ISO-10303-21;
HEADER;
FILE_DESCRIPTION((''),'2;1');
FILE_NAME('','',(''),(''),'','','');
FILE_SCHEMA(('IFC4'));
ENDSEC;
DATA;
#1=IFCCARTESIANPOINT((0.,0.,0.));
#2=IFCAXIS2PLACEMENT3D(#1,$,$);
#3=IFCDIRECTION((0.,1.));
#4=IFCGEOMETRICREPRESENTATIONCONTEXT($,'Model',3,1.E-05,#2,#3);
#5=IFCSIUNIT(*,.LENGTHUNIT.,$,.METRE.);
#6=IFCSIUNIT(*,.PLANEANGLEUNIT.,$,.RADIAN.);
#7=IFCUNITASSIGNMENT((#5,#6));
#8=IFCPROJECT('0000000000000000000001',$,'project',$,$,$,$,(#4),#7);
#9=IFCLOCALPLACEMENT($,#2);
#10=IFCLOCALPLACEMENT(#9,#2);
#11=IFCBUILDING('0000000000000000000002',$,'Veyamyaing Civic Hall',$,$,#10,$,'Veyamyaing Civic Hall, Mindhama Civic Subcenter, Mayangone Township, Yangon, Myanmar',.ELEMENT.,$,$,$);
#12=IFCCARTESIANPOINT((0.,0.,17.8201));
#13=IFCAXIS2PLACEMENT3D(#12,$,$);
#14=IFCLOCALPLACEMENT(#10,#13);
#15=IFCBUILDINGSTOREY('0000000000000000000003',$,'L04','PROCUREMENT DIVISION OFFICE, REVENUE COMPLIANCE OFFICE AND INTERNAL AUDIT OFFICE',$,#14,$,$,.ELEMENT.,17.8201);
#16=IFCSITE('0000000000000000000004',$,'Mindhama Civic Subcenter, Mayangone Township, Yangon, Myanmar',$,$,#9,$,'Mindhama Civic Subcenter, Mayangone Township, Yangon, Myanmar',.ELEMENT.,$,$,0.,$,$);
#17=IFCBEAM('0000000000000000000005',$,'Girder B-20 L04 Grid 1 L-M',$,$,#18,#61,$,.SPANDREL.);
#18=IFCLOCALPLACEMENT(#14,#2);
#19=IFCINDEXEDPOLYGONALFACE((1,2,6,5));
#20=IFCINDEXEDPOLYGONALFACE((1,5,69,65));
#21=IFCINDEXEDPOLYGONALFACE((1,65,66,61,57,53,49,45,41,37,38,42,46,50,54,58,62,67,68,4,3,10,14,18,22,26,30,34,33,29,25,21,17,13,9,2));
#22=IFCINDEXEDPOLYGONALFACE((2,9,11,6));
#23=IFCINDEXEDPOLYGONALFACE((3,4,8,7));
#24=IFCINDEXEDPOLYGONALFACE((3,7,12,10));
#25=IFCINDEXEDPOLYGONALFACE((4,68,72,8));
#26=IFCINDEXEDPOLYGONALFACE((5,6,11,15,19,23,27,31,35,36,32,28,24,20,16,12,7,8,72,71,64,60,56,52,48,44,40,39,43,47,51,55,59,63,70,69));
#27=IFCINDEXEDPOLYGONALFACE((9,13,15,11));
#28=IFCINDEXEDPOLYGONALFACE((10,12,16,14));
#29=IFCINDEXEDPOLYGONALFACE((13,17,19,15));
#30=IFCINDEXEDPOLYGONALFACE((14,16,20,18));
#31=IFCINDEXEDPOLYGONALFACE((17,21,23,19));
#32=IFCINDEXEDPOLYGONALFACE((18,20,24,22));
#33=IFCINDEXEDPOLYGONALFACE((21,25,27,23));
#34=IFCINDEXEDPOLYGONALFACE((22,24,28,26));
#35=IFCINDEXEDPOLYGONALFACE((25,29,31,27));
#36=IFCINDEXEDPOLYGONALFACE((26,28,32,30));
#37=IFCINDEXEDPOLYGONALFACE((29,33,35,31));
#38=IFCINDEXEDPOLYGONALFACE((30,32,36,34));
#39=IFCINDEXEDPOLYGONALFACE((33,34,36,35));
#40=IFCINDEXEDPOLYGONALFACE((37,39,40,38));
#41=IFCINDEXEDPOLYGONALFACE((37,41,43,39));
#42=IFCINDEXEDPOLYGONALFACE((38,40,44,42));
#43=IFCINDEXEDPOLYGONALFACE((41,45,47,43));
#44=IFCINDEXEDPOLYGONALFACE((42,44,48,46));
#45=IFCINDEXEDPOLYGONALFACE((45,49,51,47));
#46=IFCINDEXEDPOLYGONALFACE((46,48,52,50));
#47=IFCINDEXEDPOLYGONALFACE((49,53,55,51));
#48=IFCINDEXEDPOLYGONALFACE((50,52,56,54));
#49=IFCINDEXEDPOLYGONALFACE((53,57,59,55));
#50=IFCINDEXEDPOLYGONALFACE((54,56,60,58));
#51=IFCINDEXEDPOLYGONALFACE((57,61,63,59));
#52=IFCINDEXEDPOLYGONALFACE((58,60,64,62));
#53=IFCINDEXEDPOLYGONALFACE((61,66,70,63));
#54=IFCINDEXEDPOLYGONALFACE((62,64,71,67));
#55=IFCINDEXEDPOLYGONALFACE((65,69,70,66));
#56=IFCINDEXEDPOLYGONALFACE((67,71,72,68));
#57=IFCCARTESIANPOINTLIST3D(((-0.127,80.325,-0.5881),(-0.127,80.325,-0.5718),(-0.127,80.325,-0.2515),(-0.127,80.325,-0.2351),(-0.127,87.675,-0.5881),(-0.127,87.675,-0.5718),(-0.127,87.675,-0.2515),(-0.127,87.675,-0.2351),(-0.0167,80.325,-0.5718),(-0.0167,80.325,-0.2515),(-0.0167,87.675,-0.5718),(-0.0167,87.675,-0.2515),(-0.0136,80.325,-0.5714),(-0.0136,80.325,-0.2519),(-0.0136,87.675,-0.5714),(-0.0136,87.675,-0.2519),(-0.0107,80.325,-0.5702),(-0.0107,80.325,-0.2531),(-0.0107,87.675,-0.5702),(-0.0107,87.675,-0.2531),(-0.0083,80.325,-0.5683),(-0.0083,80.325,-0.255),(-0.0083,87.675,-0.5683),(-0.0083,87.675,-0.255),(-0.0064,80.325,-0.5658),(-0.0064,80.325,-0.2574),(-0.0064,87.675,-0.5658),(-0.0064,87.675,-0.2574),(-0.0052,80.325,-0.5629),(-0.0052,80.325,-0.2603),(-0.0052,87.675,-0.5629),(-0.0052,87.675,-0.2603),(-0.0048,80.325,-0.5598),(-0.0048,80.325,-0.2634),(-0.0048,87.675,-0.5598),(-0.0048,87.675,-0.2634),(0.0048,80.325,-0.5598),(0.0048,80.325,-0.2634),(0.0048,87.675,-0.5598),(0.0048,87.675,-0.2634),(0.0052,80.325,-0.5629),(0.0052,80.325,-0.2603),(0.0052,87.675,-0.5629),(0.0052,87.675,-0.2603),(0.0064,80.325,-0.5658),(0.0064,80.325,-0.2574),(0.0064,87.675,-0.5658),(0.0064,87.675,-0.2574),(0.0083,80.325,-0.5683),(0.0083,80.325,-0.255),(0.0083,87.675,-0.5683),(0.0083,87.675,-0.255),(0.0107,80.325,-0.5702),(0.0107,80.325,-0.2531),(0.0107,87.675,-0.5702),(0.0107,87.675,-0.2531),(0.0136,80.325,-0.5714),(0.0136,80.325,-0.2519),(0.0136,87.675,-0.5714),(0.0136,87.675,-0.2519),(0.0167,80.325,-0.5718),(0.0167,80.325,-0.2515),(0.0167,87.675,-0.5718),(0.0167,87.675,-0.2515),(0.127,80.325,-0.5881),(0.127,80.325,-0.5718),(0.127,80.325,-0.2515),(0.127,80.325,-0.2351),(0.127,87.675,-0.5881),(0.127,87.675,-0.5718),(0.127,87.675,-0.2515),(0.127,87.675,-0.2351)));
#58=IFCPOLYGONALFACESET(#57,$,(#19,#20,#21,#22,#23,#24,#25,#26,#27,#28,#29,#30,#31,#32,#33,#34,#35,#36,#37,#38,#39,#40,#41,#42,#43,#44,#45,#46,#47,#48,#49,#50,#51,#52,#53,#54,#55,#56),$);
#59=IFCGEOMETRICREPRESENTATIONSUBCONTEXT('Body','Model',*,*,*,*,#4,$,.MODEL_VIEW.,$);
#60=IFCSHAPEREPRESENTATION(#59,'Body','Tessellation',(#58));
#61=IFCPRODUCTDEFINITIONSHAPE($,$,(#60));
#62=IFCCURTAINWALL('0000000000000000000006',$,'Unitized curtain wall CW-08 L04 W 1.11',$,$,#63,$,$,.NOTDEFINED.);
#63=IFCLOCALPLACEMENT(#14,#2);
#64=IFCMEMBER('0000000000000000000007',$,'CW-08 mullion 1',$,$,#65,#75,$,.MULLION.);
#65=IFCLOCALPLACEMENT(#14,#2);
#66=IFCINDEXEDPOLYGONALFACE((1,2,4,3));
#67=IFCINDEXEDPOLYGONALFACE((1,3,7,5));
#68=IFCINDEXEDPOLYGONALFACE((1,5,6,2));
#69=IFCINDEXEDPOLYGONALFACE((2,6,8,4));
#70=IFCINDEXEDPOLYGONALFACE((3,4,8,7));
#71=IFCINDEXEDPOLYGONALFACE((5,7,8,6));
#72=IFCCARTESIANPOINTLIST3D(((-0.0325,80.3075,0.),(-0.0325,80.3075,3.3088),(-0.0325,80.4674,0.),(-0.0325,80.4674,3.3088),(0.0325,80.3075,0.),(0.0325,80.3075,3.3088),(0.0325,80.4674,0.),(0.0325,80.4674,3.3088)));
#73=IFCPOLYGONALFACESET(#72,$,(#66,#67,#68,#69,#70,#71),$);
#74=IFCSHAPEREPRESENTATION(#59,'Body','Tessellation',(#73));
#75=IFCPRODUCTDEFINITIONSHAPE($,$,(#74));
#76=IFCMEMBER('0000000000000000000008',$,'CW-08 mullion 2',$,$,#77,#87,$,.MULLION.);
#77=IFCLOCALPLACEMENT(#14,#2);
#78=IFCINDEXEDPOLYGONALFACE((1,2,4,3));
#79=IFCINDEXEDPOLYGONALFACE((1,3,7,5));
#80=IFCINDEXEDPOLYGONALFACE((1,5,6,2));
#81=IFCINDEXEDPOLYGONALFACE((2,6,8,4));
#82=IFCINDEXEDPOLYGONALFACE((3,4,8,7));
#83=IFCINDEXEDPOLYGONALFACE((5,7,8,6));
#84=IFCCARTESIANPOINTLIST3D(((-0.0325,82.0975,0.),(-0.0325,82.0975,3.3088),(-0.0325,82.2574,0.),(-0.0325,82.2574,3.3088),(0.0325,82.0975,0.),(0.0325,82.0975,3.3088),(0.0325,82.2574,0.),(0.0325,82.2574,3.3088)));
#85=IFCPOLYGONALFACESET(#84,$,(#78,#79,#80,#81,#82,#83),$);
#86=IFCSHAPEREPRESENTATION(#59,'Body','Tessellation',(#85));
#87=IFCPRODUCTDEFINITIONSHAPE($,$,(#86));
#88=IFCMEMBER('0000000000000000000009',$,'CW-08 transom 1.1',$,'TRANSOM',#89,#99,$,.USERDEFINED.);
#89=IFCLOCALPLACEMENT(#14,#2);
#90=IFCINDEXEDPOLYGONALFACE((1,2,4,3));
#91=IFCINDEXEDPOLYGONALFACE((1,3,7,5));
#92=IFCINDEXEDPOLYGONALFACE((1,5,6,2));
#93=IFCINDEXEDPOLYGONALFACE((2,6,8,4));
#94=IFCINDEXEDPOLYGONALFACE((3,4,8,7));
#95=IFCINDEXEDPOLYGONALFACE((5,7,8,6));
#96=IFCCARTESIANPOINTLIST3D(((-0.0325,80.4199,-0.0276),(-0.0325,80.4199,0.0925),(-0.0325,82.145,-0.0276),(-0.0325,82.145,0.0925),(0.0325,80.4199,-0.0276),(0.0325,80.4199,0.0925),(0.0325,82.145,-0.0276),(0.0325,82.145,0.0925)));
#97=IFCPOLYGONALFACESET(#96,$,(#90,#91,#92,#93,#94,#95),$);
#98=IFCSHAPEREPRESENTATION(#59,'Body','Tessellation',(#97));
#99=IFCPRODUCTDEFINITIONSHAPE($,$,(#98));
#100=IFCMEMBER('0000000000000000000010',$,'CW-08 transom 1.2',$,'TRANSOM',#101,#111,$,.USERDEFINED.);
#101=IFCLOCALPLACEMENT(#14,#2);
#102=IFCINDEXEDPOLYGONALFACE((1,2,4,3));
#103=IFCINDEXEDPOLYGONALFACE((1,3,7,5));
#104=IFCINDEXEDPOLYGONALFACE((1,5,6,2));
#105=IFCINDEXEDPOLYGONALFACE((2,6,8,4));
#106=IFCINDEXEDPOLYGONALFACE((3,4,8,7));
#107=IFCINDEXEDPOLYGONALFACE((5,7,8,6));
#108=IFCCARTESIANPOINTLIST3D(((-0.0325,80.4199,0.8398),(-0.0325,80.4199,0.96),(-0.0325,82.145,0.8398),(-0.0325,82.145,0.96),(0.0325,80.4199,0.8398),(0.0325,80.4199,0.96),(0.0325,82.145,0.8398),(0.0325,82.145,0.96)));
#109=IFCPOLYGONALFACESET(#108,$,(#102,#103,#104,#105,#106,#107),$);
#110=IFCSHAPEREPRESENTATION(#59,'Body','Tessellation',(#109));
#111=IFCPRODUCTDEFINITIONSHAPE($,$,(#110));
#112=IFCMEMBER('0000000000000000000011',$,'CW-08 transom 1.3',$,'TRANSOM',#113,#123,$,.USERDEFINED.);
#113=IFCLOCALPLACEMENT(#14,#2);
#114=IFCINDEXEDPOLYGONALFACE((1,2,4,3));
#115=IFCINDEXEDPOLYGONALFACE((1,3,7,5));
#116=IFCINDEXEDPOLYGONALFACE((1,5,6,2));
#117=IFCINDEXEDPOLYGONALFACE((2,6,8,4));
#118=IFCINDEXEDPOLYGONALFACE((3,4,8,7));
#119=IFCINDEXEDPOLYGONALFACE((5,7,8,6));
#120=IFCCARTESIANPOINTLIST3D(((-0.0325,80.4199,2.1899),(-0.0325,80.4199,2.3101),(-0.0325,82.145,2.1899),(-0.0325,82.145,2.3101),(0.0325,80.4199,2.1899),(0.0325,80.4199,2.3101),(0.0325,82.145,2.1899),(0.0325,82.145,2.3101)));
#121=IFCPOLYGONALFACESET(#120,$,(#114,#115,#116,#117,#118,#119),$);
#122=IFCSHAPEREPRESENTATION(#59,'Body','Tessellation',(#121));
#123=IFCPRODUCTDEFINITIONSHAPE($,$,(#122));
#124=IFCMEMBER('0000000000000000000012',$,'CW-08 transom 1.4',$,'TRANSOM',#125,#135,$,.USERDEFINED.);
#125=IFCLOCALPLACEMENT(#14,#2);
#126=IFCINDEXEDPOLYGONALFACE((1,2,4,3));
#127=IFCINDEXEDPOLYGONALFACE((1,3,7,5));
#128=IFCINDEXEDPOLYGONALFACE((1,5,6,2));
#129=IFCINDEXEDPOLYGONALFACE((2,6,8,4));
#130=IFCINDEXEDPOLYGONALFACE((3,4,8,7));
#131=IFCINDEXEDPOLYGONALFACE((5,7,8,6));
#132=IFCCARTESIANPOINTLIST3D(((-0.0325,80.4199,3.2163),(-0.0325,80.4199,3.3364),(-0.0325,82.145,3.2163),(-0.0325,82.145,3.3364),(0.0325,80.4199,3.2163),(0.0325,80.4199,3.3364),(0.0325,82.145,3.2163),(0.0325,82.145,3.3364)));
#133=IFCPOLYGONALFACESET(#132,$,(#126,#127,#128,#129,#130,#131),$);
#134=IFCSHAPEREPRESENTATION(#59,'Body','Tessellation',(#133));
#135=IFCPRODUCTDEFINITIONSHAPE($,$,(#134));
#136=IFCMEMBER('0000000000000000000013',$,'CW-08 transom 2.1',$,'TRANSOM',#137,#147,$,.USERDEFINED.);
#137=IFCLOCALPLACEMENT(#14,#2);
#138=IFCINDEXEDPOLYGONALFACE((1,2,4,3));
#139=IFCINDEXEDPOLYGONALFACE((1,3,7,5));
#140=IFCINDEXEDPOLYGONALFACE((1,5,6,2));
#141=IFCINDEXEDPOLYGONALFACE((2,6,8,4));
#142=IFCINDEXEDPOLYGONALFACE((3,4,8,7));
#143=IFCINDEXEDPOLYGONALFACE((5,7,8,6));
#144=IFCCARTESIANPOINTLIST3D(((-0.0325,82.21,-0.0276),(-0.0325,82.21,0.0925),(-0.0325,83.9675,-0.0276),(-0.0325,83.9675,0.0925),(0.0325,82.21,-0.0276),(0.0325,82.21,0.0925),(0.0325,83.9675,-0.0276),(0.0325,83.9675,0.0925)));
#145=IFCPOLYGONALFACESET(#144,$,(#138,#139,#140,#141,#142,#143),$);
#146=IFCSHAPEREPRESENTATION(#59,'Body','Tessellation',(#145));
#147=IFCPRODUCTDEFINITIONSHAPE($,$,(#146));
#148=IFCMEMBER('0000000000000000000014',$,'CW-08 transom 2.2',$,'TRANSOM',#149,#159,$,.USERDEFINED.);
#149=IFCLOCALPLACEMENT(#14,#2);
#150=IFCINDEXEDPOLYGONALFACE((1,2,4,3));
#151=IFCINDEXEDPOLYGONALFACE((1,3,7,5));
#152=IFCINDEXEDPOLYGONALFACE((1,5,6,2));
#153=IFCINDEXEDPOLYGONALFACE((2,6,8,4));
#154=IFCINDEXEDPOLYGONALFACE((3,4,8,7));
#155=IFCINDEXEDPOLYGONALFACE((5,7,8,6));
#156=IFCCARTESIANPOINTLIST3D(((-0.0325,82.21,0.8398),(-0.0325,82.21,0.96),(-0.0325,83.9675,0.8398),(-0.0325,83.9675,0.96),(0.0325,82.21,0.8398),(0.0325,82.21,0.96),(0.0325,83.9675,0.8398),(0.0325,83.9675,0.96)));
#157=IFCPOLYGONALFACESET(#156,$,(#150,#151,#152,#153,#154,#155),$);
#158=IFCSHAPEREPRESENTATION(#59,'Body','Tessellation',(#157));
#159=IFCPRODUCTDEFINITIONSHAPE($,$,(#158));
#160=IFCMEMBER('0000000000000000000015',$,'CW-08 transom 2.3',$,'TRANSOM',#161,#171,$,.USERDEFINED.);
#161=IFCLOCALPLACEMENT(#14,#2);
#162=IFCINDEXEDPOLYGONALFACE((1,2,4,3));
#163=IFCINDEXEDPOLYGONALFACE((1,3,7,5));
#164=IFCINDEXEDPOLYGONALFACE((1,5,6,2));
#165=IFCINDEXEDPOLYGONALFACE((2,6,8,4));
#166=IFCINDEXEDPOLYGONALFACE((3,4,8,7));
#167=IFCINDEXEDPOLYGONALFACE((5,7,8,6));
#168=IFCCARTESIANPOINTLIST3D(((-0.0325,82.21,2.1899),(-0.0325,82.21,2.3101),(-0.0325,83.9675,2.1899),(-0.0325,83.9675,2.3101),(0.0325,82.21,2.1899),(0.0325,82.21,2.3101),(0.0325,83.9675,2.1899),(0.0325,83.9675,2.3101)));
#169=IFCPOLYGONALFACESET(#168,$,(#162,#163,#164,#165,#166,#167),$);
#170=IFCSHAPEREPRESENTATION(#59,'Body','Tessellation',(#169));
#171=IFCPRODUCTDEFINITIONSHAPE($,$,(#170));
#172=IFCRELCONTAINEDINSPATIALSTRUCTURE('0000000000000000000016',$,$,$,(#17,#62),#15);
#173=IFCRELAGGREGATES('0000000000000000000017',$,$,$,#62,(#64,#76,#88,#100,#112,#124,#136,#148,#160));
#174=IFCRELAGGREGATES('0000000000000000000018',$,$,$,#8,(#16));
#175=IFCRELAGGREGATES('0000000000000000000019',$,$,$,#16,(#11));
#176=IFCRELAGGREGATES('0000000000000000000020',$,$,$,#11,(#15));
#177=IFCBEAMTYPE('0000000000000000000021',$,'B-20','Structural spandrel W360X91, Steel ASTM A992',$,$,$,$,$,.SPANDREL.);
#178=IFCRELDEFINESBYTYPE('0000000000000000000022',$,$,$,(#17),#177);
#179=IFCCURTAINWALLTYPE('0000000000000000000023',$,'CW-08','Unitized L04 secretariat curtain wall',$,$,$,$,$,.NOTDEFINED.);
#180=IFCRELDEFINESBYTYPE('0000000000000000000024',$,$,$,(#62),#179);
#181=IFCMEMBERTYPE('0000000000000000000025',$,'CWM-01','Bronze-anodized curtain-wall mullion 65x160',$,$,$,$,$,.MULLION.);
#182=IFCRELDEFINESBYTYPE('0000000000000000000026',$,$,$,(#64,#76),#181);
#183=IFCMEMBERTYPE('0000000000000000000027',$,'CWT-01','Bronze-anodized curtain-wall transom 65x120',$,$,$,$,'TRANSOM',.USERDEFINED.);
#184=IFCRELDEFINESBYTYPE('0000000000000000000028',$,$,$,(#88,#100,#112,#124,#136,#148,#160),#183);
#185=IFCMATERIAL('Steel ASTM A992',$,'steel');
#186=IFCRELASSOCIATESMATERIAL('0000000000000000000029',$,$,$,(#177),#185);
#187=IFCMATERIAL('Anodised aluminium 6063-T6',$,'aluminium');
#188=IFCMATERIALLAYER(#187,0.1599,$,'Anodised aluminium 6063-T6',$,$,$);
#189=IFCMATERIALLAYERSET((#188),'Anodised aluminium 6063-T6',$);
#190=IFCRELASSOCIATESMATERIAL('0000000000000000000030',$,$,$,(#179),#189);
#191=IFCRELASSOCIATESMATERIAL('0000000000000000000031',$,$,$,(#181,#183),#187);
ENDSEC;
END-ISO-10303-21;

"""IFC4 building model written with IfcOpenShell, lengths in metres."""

from ifc_helpers import new_model, si_unit, direction, frame, origin, origin_2d, place, context, subcontext, project, spatial, rectangle, i_section, extrude, material, layer, layer_set, material_profile, profile_set, type_object, element, aggregate, save


model = new_model("IFC4")

# Units and contexts
model_context = context("Model", 3, precision=1e-05, world=origin(), true_north=direction((0.0, 1.0)))
body_context = subcontext(model_context, "Body", "Model", "MODEL_VIEW")
ifc_project = project(units=[si_unit("LENGTHUNIT", "METRE"), si_unit("PLANEANGLEUNIT", "RADIAN")], contexts=[model_context])

# Site, building, storey
site_placement = place(None, origin())
site = spatial("IfcSite", under=ifc_project, at=site_placement, Name="Mindhama Civic Subcenter, Mayangone Township, Yangon, Myanmar", LongName="Mindhama Civic Subcenter, Mayangone Township, Yangon, Myanmar", CompositionType="ELEMENT", RefElevation=0.0)
building_placement = place(site_placement, origin())
building = spatial("IfcBuilding", under=site, at=building_placement, Name="Veyamyaing Civic Hall", LongName="Veyamyaing Civic Hall, Mindhama Civic Subcenter, Mayangone Township, Yangon, Myanmar", CompositionType="ELEMENT")
storey_placement = place(building_placement, frame((0.0, 0.0, 17.8201)))
storey = spatial("IfcBuildingStorey", under=building, at=storey_placement, Name="L04", Description="PROCUREMENT DIVISION OFFICE, REVENUE COMPLIANCE OFFICE AND INTERNAL AUDIT OFFICE", CompositionType="ELEMENT", Elevation=17.8201)

# Beam
ifc_material_1 = material(Name="Steel ASTM A992", Category="steel")
ifc_material_profile_1 = material_profile(ifc_material_1, i_section(OverallWidth=0.2539, OverallDepth=0.353, WebThickness=0.0095, FlangeThickness=0.0164, FilletRadius=0.012, at=origin_2d()), Name="W360X91")
ifc_profile_set_1 = profile_set([ifc_material_profile_1], Name="Steel ASTM A992")
beam_type_1 = type_object("IfcBeamType", Name="B-20", Description="Structural spandrel W360X91, Steel ASTM A992", PredefinedType="SPANDREL", material=ifc_profile_set_1)
beam_1_placement = place(storey_placement, frame((0.0, 80.325, -0.4116), z_axis=(0.0, 1.0, 0.0), x_axis=(-1.0, 0.0, 0.0)))
element("IfcBeam", 1, at=beam_1_placement, inside=storey, type_object=beam_type_1, Name="Girder B-20 L04 Grid 1 L-M", PredefinedType="SPANDREL", context=body_context, shape_type="SweptSolid", body=[
    extrude(i_section(OverallWidth=0.2539, OverallDepth=0.353, WebThickness=0.0095, FlangeThickness=0.0164, FilletRadius=0.012, at=origin_2d()), origin(), (0.0, 0.0, 1.0), 7.3501),
])

# Curtain wall, members
ifc_material_2 = material(Name="Anodised aluminium 6063-T6", Category="aluminium")
ifc_layer_1 = layer(ifc_material_2, 0.1599, Name="Anodised aluminium 6063-T6")
ifc_layer_set_1 = layer_set([ifc_layer_1], Name="Anodised aluminium 6063-T6")
curtain_wall_type = type_object("IfcCurtainWallType", Name="CW-08", Description="Unitized L04 secretariat curtain wall", PredefinedType="NOTDEFINED", material=ifc_layer_set_1)
curtain_wall_placement = place(storey_placement, origin())
curtain_wall = element("IfcCurtainWall", 2, at=curtain_wall_placement, inside=storey, type_object=curtain_wall_type, Name="Unitized curtain wall CW-08 L04 W 1.11", PredefinedType="NOTDEFINED")
ifc_material_profile_2 = material_profile(ifc_material_2, rectangle(XDim=0.0649, YDim=0.1599, at=origin_2d()), Name="ALU-MUL-65X160")
ifc_profile_set_2 = profile_set([ifc_material_profile_2], Name="Anodised aluminium 6063-T6")
member_type_1 = type_object("IfcMemberType", Name="CWM-01", Description="Bronze-anodized curtain-wall mullion 65x160", PredefinedType="MULLION", material=ifc_profile_set_2)
member_1_placement = place(storey_placement, frame((0.0, 80.3875, 0.0), z_axis=(0.0, 0.0, 1.0), x_axis=(-1.0, 0.0, 0.0)))
member_1 = element("IfcMember", 3, at=member_1_placement, type_object=member_type_1, Name="CW-08 mullion 1", PredefinedType="MULLION", context=body_context, shape_type="SweptSolid", body=[
    extrude(rectangle(XDim=0.0649, YDim=0.1599, at=origin_2d()), origin(), (0.0, 0.0, 1.0), 3.3088),
])
member_2_placement = place(storey_placement, frame((0.0, 82.1775, 0.0), z_axis=(0.0, 0.0, 1.0), x_axis=(-1.0, 0.0, 0.0)))
member_2 = element("IfcMember", 4, at=member_2_placement, type_object=member_type_1, Name="CW-08 mullion 2", PredefinedType="MULLION", context=body_context, shape_type="SweptSolid", body=[
    extrude(rectangle(XDim=0.0649, YDim=0.1599, at=origin_2d()), origin(), (0.0, 0.0, 1.0), 3.3088),
])
ifc_material_profile_3 = material_profile(ifc_material_2, rectangle(XDim=0.0649, YDim=0.1201, at=origin_2d()), Name="ALU-TRN-65X120")
ifc_profile_set_3 = profile_set([ifc_material_profile_3], Name="Anodised aluminium 6063-T6")
member_type_2 = type_object("IfcMemberType", Name="CWT-01", Description="Bronze-anodized curtain-wall transom 65x120", ElementType="TRANSOM", PredefinedType="USERDEFINED", material=ifc_profile_set_3)
member_3_placement = place(storey_placement, frame((0.0, 80.4199, 0.0325), z_axis=(0.0, 1.0, 0.0), x_axis=(-1.0, 0.0, 0.0)))
member_3 = element("IfcMember", 5, at=member_3_placement, type_object=member_type_2, Name="CW-08 transom 1.1", ObjectType="TRANSOM", PredefinedType="USERDEFINED", context=body_context, shape_type="SweptSolid", body=[
    extrude(rectangle(XDim=0.0649, YDim=0.1201, at=origin_2d()), origin(), (0.0, 0.0, 1.0), 1.7251),
])
member_4_placement = place(storey_placement, frame((0.0, 80.4199, 0.8999), z_axis=(0.0, 1.0, 0.0), x_axis=(-1.0, 0.0, 0.0)))
member_4 = element("IfcMember", 6, at=member_4_placement, type_object=member_type_2, Name="CW-08 transom 1.2", ObjectType="TRANSOM", PredefinedType="USERDEFINED", context=body_context, shape_type="SweptSolid", body=[
    extrude(rectangle(XDim=0.0649, YDim=0.1201, at=origin_2d()), origin(), (0.0, 0.0, 1.0), 1.7251),
])
member_5_placement = place(storey_placement, frame((0.0, 80.4199, 2.25), z_axis=(0.0, 1.0, 0.0), x_axis=(-1.0, 0.0, 0.0)))
member_5 = element("IfcMember", 7, at=member_5_placement, type_object=member_type_2, Name="CW-08 transom 1.3", ObjectType="TRANSOM", PredefinedType="USERDEFINED", context=body_context, shape_type="SweptSolid", body=[
    extrude(rectangle(XDim=0.0649, YDim=0.1201, at=origin_2d()), origin(), (0.0, 0.0, 1.0), 1.7251),
])
member_6_placement = place(storey_placement, frame((0.0, 80.4199, 3.2764), z_axis=(0.0, 1.0, 0.0), x_axis=(-1.0, 0.0, 0.0)))
member_6 = element("IfcMember", 8, at=member_6_placement, type_object=member_type_2, Name="CW-08 transom 1.4", ObjectType="TRANSOM", PredefinedType="USERDEFINED", context=body_context, shape_type="SweptSolid", body=[
    extrude(rectangle(XDim=0.0649, YDim=0.1201, at=origin_2d()), origin(), (0.0, 0.0, 1.0), 1.7251),
])
member_7_placement = place(storey_placement, frame((0.0, 82.21, 0.0325), z_axis=(0.0, 1.0, 0.0), x_axis=(-1.0, 0.0, 0.0)))
member_7 = element("IfcMember", 9, at=member_7_placement, type_object=member_type_2, Name="CW-08 transom 2.1", ObjectType="TRANSOM", PredefinedType="USERDEFINED", context=body_context, shape_type="SweptSolid", body=[
    extrude(rectangle(XDim=0.0649, YDim=0.1201, at=origin_2d()), origin(), (0.0, 0.0, 1.0), 1.7576),
])
member_8_placement = place(storey_placement, frame((0.0, 82.21, 0.8999), z_axis=(0.0, 1.0, 0.0), x_axis=(-1.0, 0.0, 0.0)))
member_8 = element("IfcMember", 10, at=member_8_placement, type_object=member_type_2, Name="CW-08 transom 2.2", ObjectType="TRANSOM", PredefinedType="USERDEFINED", context=body_context, shape_type="SweptSolid", body=[
    extrude(rectangle(XDim=0.0649, YDim=0.1201, at=origin_2d()), origin(), (0.0, 0.0, 1.0), 1.7576),
])
member_9_placement = place(storey_placement, frame((0.0, 82.21, 2.25), z_axis=(0.0, 1.0, 0.0), x_axis=(-1.0, 0.0, 0.0)))
member_9 = element("IfcMember", 11, at=member_9_placement, type_object=member_type_2, Name="CW-08 transom 2.3", ObjectType="TRANSOM", PredefinedType="USERDEFINED", context=body_context, shape_type="SweptSolid", body=[
    extrude(rectangle(XDim=0.0649, YDim=0.1201, at=origin_2d()), origin(), (0.0, 0.0, 1.0), 1.7576),
])

aggregate(curtain_wall, [member_1, member_2, member_3, member_4, member_5, member_6, member_7, member_8, member_9])

save(model, "model.ifc")
